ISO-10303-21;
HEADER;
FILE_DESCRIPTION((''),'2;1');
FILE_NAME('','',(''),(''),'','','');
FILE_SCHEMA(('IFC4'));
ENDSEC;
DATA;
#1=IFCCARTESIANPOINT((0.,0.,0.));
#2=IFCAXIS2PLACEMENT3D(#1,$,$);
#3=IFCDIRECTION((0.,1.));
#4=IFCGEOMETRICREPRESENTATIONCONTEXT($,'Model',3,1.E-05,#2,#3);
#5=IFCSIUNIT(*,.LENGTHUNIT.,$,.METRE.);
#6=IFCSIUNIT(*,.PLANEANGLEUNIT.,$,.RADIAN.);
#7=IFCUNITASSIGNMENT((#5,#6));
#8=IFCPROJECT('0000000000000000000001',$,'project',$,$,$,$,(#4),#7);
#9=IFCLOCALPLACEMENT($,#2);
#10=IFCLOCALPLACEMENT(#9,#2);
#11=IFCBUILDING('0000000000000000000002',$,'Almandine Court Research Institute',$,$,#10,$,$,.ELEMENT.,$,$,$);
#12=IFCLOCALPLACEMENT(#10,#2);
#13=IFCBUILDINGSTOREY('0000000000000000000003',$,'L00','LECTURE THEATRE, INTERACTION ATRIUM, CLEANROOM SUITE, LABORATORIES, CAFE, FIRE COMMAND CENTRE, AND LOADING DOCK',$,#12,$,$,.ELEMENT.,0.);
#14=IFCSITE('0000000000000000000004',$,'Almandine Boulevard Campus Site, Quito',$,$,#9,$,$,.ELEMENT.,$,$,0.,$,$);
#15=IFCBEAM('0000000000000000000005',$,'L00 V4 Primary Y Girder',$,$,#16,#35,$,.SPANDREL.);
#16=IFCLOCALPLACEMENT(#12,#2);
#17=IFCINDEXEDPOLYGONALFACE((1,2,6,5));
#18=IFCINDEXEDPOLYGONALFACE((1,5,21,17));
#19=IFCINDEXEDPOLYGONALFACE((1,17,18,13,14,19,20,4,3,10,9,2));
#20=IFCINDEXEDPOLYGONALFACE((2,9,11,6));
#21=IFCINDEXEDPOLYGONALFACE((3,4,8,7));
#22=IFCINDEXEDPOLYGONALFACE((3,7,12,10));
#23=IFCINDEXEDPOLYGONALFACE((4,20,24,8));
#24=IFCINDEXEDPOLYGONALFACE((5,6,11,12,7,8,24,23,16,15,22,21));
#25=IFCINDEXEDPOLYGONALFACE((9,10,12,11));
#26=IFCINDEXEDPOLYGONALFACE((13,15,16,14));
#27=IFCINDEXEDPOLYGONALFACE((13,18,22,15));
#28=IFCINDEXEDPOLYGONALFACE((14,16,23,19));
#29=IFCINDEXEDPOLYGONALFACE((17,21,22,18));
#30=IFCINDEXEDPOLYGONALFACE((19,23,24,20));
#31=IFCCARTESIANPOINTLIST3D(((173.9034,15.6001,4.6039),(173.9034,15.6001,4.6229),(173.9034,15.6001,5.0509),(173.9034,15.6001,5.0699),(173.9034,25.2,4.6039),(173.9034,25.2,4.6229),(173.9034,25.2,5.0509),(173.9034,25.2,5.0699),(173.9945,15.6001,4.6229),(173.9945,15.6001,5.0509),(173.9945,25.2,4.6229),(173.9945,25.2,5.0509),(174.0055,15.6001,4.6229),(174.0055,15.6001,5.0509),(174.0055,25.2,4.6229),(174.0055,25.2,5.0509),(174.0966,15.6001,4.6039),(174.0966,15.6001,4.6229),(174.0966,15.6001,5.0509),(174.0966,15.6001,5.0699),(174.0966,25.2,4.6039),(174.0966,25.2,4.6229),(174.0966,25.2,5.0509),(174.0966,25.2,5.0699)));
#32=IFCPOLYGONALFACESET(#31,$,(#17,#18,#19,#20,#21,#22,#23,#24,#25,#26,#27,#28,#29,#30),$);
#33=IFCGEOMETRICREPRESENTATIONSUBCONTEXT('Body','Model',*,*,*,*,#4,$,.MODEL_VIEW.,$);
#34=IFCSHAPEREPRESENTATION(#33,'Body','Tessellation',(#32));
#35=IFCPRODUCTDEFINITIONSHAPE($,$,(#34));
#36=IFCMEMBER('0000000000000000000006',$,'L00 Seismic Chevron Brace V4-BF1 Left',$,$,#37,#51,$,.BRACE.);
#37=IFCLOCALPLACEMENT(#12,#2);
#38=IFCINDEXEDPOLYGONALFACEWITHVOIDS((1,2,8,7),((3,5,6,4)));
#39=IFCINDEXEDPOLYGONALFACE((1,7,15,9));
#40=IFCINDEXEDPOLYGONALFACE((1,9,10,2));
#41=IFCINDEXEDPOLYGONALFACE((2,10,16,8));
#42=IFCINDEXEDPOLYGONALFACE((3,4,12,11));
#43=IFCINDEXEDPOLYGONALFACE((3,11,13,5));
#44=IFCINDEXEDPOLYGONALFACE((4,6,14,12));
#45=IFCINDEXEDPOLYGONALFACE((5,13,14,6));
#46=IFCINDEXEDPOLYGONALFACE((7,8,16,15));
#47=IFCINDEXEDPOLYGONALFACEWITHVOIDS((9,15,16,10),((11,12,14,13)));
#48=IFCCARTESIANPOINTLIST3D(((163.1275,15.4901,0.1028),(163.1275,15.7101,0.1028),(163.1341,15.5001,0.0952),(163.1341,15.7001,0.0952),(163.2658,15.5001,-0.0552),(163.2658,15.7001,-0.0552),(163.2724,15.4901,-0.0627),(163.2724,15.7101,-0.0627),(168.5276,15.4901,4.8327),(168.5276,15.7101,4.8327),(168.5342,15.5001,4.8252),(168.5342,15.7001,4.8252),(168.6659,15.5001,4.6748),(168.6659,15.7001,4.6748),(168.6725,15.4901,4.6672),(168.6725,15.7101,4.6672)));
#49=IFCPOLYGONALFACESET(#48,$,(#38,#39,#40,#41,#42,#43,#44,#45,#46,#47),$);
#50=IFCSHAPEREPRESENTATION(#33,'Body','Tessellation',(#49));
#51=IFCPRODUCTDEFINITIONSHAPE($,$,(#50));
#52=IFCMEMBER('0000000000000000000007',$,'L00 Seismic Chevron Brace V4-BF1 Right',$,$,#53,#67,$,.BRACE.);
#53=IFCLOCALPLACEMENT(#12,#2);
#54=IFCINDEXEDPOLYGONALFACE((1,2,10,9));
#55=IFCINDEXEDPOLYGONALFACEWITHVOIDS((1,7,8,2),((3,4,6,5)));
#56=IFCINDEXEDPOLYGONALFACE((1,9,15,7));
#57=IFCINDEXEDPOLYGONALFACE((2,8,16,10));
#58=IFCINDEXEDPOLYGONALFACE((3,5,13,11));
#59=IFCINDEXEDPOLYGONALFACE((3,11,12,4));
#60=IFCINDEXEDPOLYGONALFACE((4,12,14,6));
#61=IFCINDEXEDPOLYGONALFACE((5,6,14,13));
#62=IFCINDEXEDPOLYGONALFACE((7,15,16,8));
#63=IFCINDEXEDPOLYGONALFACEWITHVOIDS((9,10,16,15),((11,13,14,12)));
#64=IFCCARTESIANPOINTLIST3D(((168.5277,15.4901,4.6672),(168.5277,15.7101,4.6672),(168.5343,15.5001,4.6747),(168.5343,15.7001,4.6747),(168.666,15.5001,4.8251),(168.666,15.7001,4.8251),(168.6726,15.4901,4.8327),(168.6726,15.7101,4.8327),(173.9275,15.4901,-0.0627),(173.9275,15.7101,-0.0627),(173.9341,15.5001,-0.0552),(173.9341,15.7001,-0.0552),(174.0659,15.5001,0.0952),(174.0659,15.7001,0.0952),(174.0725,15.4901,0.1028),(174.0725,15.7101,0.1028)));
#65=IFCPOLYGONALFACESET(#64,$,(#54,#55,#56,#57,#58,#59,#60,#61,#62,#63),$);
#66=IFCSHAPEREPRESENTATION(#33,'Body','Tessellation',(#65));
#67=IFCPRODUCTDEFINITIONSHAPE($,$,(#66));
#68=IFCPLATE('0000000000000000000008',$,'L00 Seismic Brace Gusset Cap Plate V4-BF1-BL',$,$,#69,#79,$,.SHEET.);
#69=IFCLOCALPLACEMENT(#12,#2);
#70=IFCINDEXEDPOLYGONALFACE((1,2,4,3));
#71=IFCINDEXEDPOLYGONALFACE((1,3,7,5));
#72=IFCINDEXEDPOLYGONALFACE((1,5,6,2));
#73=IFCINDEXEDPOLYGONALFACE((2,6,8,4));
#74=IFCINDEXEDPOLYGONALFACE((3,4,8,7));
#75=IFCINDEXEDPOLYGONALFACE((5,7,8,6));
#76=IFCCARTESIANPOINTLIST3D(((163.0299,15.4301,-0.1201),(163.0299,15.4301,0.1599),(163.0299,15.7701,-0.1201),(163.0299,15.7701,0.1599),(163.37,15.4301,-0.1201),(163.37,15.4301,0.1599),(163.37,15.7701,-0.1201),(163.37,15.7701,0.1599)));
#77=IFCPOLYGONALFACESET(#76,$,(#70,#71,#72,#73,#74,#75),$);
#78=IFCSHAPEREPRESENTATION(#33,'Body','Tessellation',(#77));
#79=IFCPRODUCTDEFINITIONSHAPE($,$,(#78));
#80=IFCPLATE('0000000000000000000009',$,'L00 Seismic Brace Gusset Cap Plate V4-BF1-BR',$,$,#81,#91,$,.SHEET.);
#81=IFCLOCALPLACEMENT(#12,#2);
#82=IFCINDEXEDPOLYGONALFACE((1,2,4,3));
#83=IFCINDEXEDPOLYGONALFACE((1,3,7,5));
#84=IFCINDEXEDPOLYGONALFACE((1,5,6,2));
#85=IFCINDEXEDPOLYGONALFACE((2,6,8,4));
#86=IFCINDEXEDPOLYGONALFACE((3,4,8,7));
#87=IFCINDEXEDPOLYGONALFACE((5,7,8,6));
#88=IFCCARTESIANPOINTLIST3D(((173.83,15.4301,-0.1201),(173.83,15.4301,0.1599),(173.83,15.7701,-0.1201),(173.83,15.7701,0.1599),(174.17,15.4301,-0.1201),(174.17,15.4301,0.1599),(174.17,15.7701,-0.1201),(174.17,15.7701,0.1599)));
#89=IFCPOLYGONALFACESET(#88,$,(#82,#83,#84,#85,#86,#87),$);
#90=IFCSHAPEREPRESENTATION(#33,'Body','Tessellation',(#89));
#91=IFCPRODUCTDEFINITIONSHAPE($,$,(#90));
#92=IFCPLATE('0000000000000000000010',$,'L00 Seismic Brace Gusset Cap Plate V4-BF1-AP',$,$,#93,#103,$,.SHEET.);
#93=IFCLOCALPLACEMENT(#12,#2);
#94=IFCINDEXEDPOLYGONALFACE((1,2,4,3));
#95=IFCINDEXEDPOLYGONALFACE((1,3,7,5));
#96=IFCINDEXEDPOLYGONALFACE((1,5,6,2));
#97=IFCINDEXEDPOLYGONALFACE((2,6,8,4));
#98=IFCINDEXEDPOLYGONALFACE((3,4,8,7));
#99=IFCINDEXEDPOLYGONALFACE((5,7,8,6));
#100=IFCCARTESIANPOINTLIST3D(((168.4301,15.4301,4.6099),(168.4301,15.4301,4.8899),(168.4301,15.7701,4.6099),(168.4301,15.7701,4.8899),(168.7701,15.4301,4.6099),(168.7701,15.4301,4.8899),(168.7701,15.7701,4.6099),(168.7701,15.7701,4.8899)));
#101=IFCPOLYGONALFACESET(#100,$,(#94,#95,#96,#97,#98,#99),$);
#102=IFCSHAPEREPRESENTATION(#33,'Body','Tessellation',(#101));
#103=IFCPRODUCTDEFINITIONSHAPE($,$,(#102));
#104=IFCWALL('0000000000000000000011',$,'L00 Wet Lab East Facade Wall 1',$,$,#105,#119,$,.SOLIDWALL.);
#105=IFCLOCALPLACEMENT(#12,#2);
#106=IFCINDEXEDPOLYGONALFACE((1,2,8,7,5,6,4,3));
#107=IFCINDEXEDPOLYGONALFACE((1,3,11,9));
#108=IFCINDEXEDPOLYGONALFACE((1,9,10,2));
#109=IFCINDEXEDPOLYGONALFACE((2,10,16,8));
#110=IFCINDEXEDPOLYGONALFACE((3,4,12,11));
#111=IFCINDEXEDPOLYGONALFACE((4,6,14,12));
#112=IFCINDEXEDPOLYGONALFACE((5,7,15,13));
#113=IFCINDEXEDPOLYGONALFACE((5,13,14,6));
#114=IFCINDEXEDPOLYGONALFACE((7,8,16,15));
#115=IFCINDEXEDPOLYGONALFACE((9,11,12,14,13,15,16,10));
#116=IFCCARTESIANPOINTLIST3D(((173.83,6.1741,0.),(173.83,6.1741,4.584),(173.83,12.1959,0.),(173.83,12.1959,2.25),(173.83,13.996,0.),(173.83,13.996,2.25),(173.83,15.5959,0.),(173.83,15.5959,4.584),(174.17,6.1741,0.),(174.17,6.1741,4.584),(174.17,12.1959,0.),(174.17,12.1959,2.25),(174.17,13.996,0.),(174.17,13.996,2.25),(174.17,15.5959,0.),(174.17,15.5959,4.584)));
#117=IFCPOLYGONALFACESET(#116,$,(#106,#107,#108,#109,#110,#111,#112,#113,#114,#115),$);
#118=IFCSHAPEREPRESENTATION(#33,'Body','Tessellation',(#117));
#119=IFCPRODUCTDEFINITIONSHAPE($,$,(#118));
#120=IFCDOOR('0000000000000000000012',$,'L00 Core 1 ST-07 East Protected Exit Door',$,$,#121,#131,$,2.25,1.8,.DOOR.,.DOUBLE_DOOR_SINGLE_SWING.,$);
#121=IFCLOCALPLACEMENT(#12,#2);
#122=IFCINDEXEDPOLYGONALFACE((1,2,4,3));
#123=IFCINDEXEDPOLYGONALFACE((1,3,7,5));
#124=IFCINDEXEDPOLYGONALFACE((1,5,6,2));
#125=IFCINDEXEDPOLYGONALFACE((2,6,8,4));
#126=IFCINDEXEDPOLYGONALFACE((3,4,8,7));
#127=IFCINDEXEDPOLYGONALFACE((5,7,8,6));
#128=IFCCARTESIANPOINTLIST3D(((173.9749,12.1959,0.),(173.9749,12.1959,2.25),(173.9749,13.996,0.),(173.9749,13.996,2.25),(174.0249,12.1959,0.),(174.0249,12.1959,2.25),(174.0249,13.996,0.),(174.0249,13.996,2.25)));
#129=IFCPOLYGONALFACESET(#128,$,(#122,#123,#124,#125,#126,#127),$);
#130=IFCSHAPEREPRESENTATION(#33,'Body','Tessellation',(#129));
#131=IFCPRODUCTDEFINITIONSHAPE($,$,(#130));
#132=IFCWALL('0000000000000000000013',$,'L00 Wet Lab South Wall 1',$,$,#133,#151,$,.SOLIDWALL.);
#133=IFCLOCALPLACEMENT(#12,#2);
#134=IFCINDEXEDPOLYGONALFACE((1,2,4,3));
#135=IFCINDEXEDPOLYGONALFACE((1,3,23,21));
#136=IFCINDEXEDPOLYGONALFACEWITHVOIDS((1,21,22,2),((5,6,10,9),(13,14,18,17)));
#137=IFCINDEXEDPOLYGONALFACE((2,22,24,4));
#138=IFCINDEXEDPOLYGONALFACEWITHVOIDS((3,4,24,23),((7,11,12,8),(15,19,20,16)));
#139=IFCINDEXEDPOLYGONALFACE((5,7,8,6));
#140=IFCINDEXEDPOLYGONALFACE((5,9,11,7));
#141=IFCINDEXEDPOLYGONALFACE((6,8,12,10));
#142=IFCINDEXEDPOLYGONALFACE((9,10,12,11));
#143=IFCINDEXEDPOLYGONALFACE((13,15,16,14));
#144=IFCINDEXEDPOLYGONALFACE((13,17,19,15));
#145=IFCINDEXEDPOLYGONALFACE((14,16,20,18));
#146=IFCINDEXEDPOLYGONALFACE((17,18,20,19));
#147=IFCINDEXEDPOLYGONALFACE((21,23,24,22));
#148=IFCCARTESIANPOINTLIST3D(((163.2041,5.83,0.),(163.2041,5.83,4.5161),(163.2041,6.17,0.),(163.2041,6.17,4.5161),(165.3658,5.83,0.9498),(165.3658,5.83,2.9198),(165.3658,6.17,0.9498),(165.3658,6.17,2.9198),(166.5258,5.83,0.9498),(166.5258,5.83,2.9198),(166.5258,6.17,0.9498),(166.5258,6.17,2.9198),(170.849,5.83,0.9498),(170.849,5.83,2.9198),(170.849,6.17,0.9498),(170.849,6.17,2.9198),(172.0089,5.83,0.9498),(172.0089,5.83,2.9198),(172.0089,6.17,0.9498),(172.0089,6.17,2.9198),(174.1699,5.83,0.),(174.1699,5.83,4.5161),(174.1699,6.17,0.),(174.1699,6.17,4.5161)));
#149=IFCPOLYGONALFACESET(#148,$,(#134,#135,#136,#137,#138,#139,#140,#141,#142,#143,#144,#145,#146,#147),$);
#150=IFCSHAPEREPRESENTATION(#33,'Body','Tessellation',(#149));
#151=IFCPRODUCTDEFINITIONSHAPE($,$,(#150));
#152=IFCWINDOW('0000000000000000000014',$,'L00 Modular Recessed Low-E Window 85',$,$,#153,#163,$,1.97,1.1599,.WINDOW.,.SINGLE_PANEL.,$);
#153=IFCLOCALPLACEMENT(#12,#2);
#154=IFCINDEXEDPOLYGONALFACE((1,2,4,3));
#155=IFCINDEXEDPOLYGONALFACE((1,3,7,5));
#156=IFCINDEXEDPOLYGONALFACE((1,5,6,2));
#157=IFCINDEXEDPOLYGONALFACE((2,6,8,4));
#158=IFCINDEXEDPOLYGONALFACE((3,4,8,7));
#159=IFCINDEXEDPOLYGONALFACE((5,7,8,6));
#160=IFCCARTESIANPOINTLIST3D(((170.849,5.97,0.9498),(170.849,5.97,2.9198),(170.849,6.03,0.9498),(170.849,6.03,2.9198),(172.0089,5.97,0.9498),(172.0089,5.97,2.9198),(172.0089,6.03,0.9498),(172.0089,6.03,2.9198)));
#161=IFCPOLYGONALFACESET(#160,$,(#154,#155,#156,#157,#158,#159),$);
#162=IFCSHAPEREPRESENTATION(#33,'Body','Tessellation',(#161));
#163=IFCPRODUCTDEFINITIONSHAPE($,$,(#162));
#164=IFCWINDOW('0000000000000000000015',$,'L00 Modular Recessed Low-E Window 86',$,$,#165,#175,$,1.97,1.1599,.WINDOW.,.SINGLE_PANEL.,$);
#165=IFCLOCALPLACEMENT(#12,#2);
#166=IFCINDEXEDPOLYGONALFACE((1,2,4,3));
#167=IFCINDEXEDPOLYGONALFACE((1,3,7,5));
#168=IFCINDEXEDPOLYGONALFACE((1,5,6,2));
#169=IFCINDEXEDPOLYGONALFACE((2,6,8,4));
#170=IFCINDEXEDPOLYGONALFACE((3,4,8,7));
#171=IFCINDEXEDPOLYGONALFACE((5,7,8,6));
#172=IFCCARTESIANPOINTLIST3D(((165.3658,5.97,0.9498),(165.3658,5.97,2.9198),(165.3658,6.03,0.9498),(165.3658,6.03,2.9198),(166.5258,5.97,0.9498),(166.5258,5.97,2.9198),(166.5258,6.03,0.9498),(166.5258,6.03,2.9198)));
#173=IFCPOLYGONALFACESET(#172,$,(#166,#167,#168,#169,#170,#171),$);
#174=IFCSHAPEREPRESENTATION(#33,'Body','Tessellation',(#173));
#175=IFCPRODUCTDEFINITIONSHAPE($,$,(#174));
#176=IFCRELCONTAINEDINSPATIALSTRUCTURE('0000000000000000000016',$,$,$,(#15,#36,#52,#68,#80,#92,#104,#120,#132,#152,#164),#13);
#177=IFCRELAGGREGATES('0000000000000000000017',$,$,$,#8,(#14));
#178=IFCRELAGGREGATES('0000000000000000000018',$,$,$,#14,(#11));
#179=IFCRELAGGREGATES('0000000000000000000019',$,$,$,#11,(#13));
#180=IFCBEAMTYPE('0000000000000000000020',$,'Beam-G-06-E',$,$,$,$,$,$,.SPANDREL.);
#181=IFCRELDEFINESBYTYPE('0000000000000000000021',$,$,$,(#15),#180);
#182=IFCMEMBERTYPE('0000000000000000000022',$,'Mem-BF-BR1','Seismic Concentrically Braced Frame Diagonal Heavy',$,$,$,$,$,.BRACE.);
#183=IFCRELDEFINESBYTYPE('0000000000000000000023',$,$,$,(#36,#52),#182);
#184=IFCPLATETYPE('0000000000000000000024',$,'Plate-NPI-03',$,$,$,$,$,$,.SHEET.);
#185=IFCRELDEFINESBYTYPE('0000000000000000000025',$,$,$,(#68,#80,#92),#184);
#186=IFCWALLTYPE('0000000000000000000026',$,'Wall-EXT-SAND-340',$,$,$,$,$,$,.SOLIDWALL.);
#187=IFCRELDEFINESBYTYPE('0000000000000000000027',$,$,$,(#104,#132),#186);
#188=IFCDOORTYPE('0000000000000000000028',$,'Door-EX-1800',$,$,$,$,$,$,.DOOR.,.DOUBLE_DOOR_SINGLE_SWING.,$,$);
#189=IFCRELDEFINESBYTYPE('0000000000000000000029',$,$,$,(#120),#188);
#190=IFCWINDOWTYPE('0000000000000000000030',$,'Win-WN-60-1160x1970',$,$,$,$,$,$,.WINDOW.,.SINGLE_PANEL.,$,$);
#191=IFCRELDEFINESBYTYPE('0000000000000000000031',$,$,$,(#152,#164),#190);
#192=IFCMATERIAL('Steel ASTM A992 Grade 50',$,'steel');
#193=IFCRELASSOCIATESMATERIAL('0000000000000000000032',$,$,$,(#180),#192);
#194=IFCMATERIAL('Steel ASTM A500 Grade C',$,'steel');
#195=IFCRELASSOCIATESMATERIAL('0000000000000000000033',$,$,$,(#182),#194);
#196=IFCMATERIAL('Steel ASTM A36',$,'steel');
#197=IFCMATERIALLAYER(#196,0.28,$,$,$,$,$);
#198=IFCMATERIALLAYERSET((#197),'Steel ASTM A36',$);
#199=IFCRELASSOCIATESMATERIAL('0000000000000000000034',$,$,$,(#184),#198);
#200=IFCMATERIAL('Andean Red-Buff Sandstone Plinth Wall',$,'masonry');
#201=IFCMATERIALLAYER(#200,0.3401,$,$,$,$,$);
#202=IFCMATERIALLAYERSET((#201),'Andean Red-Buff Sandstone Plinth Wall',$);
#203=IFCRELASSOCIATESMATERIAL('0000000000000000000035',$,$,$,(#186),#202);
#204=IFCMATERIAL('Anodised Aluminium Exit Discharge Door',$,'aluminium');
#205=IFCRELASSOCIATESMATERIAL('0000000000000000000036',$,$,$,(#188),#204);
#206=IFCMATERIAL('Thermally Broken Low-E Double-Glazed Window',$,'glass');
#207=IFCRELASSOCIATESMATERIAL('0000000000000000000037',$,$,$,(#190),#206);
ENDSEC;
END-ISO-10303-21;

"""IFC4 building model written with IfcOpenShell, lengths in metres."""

from ifc_helpers import new_model, si_unit, direction, frame, frame_2d, origin, origin_2d, place, context, subcontext, project, spatial, rectangle, hollow_rectangle, i_section, extrude, material, layer, layer_set, material_profile, profile_set, type_object, element, fill, save


model = new_model("IFC4")

# Units and contexts
model_context = context("Model", 3, precision=1e-05, world=origin(), true_north=direction((0.0, 1.0)))
body_context = subcontext(model_context, "Body", "Model", "MODEL_VIEW")
ifc_project = project(units=[si_unit("LENGTHUNIT", "METRE"), si_unit("PLANEANGLEUNIT", "RADIAN")], contexts=[model_context])

# Site, building, storey
site_placement = place(None, origin())
site = spatial("IfcSite", under=ifc_project, at=site_placement, Name="Almandine Boulevard Campus Site, Quito", CompositionType="ELEMENT", RefElevation=0.0)
building_placement = place(site_placement, origin())
building = spatial("IfcBuilding", under=site, at=building_placement, Name="Almandine Court Research Institute", CompositionType="ELEMENT")
storey_placement = place(building_placement, origin())
storey = spatial("IfcBuildingStorey", under=building, at=storey_placement, Name="L00", Description="LECTURE THEATRE, INTERACTION ATRIUM, CLEANROOM SUITE, LABORATORIES, CAFE, FIRE COMMAND CENTRE, AND LOADING DOCK", CompositionType="ELEMENT", Elevation=0.0)

# Shared definitions
ifc_material_1 = material(Name="Steel ASTM A992 Grade 50", Category="steel")

# Beam
ifc_material_profile_1 = material_profile(ifc_material_1, i_section(OverallWidth=0.1931, OverallDepth=0.4661, WebThickness=0.011, FlangeThickness=0.019, at=origin_2d()), Name="W460x97")
ifc_profile_set_1 = profile_set([ifc_material_profile_1], Name="Steel ASTM A992 Grade 50")
beam_type_1 = type_object("IfcBeamType", Name="Beam-G-06-E", PredefinedType="SPANDREL", material=ifc_profile_set_1)
beam_1_placement = place(storey_placement, frame((174.0, 15.6001, 4.8369), z_axis=(0.0, 1.0, 0.0), x_axis=(-1.0, 0.0, 0.0)))
element("IfcBeam", 1, at=beam_1_placement, inside=storey, type_object=beam_type_1, Name="L00 V4 Primary Y Girder", PredefinedType="SPANDREL", context=body_context, shape_type="SweptSolid", body=[
    extrude(i_section(OverallWidth=0.1931, OverallDepth=0.4661, WebThickness=0.011, FlangeThickness=0.019, at=origin_2d()), origin(), (0.0, 0.0, 1.0), 9.5999),
])

# Members
ifc_material_2 = material(Name="Steel ASTM A500 Grade C", Category="steel")
ifc_material_profile_2 = material_profile(ifc_material_2, hollow_rectangle(XDim=0.22, YDim=0.22, WallThickness=0.01, at=origin_2d()), Name="HSS 220x220x10")
ifc_profile_set_2 = profile_set([ifc_material_profile_2], Name="Steel ASTM A500 Grade C")
member_type = type_object("IfcMemberType", Name="Mem-BF-BR1", Description="Seismic Concentrically Braced Frame Diagonal Heavy", PredefinedType="BRACE", material=ifc_profile_set_2)
member_1_placement = place(storey_placement, frame((163.2, 15.6001, 0.02), z_axis=(0.752242, 0.0, 0.658887), x_axis=(0.0, 1.0, 0.0)))
element("IfcMember", 2, at=member_1_placement, inside=storey, type_object=member_type, Name="L00 Seismic Chevron Brace V4-BF1 Left", PredefinedType="BRACE", context=body_context, shape_type="SweptSolid", body=[
    extrude(hollow_rectangle(XDim=0.22, YDim=0.22, WallThickness=0.01, at=origin_2d()), origin(), (0.0, 0.0, 1.0), 7.1787),
])
member_2_placement = place(storey_placement, frame((174.0, 15.6001, 0.02), z_axis=(-0.752227, 0.0, 0.658904), x_axis=(0.0, -1.0, 0.0)))
element("IfcMember", 3, at=member_2_placement, inside=storey, type_object=member_type, Name="L00 Seismic Chevron Brace V4-BF1 Right", PredefinedType="BRACE", context=body_context, shape_type="SweptSolid", body=[
    extrude(hollow_rectangle(XDim=0.22, YDim=0.22, WallThickness=0.01, at=origin_2d()), origin(), (0.0, 0.0, 1.0), 7.1785),
])

# Plates
ifc_material_3 = material(Name="Steel ASTM A36", Category="steel")
ifc_layer_1 = layer(ifc_material_3, 0.28)
ifc_layer_set_1 = layer_set([ifc_layer_1], Name="Steel ASTM A36")
plate_type = type_object("IfcPlateType", Name="Plate-NPI-03", PredefinedType="SHEET", material=ifc_layer_set_1)
for number, where, z_axis, x_axis, name in (
    (4, (163.2, 15.6001, -0.1201), (0.0, 0.0, 1.0), (1.0, 0.0, 0.0), "L00 Seismic Brace Gusset Cap Plate V4-BF1-BL"),
    (5, (174.0, 15.6001, -0.1201), (0.0, 0.0, 1.0), (1.0, 0.0, 0.0), "L00 Seismic Brace Gusset Cap Plate V4-BF1-BR"),
    (6, (168.6001, 15.6001, 4.6099), (0.0, 0.0, 1.0), (1.0, 0.0, 0.0), "L00 Seismic Brace Gusset Cap Plate V4-BF1-AP"),
):
    element("IfcPlate", number, at=place(storey_placement, frame(where, z_axis=z_axis, x_axis=x_axis)), inside=storey, type_object=plate_type, Name=name, PredefinedType="SHEET", context=body_context, shape_type="SweptSolid", body=[
        extrude(rectangle(XDim=0.3401, YDim=0.3401, at=origin_2d()), origin(), (0.0, 0.0, 1.0), 0.28),
    ])

# Wall, opening, door
ifc_material_4 = material(Name="Andean Red-Buff Sandstone Plinth Wall", Category="masonry")
ifc_layer_2 = layer(ifc_material_4, 0.3401)
ifc_layer_set_2 = layer_set([ifc_layer_2], Name="Andean Red-Buff Sandstone Plinth Wall")
wall_type_1 = type_object("IfcWallType", Name="Wall-EXT-SAND-340", PredefinedType="SOLIDWALL", material=ifc_layer_set_2)
wall_1_placement = place(storey_placement, frame((174.0, 15.5959, 0.0), z_axis=(0.0, 0.0, 1.0), x_axis=(0.0, -1.0, 0.0)))
wall_1 = element("IfcWall", 7, at=wall_1_placement, inside=storey, type_object=wall_type_1, Name="L00 Wet Lab East Facade Wall 1", PredefinedType="SOLIDWALL", context=body_context, shape_type="SweptSolid", body=[
    extrude(rectangle(XDim=9.4219, YDim=0.3401, at=frame_2d((4.7109, 0.0))), origin(), (0.0, 0.0, 1.0), 4.584),
])
opening_1_placement = place(wall_1_placement, frame((1.6001, 0.0, 0.0)))
opening_1 = element("IfcOpeningElement", 8, at=opening_1_placement, cuts=wall_1, PredefinedType="OPENING", context=body_context, shape_type="SweptSolid", body=[
    extrude(rectangle(XDim=1.8, YDim=2.25, at=frame_2d((0.8999, 1.125))), frame((0.0, 0.1799, 0.0), z_axis=(0.0, -1.0, 0.0), x_axis=(1.0, 0.0, 0.0)), (0.0, 0.0, 1.0), 0.3601),
])
ifc_material_5 = material(Name="Anodised Aluminium Exit Discharge Door", Category="aluminium")
door_type_1 = type_object("IfcDoorType", Name="Door-EX-1800", OperationType="DOUBLE_DOOR_SINGLE_SWING", PredefinedType="DOOR", material=ifc_material_5)
door_1_placement = place(opening_1_placement, origin())
door_1 = element("IfcDoor", 9, at=door_1_placement, inside=storey, type_object=door_type_1, Name="L00 Core 1 ST-07 East Protected Exit Door", OperationType="DOUBLE_DOOR_SINGLE_SWING", OverallHeight=2.25, OverallWidth=1.8, PredefinedType="DOOR", context=body_context, shape_type="SweptSolid", body=[
    extrude(rectangle(XDim=1.8, YDim=2.25, at=frame_2d((0.8999, 1.125))), frame((0.0, 0.0249, 0.0), z_axis=(0.0, -1.0, 0.0), x_axis=(1.0, 0.0, 0.0)), (0.0, 0.0, 1.0), 0.05),
])
fill(opening_1, door_1)

# Wall, openings, windows
wall_2_placement = place(storey_placement, frame((174.1699, 6.0, 0.0), z_axis=(0.0, 0.0, 1.0), x_axis=(-1.0, 0.0, 0.0)))
wall_2 = element("IfcWall", 10, at=wall_2_placement, inside=storey, type_object=wall_type_1, Name="L00 Wet Lab South Wall 1", PredefinedType="SOLIDWALL", context=body_context, shape_type="SweptSolid", body=[
    extrude(rectangle(XDim=10.9658, YDim=0.3401, at=frame_2d((5.4829, 0.0))), origin(), (0.0, 0.0, 1.0), 4.5161),
])
opening_2_placement = place(wall_2_placement, frame((2.1609, 0.0, 0.95)))
opening_2 = element("IfcOpeningElement", 11, at=opening_2_placement, cuts=wall_2, PredefinedType="OPENING", context=body_context, shape_type="SweptSolid", body=[
    extrude(rectangle(XDim=1.1599, YDim=1.97, at=frame_2d((0.5801, 0.9849))), frame((0.0, 0.1799, 0.0), z_axis=(0.0, -1.0, 0.0), x_axis=(1.0, 0.0, 0.0)), (0.0, 0.0, 1.0), 0.3601),
])
opening_3_placement = place(wall_2_placement, frame((7.644, 0.0, 0.95)))
opening_3 = element("IfcOpeningElement", 12, at=opening_3_placement, cuts=wall_2, PredefinedType="OPENING", context=body_context, shape_type="SweptSolid", body=[
    extrude(rectangle(XDim=1.1599, YDim=1.97, at=frame_2d((0.5801, 0.9849))), frame((0.0, 0.1799, 0.0), z_axis=(0.0, -1.0, 0.0), x_axis=(1.0, 0.0, 0.0)), (0.0, 0.0, 1.0), 0.3601),
])
ifc_material_6 = material(Name="Thermally Broken Low-E Double-Glazed Window", Category="glass")
window_type = type_object("IfcWindowType", Name="Win-WN-60-1160x1970", PartitioningType="SINGLE_PANEL", PredefinedType="WINDOW", material=ifc_material_6)
window_1_placement = place(opening_2_placement, origin())
window_1 = element("IfcWindow", 13, at=window_1_placement, inside=storey, type_object=window_type, Name="L00 Modular Recessed Low-E Window 85", OverallHeight=1.97, OverallWidth=1.1599, PartitioningType="SINGLE_PANEL", PredefinedType="WINDOW", context=body_context, shape_type="SweptSolid", body=[
    extrude(rectangle(XDim=1.1599, YDim=1.97, at=frame_2d((0.5801, 0.9849))), frame((0.0, 0.03, 0.0), z_axis=(0.0, -1.0, 0.0), x_axis=(1.0, 0.0, 0.0)), (0.0, 0.0, 1.0), 0.0601),
])
fill(opening_2, window_1)
window_2_placement = place(opening_3_placement, origin())
window_2 = element("IfcWindow", 14, at=window_2_placement, inside=storey, type_object=window_type, Name="L00 Modular Recessed Low-E Window 86", OverallHeight=1.97, OverallWidth=1.1599, PartitioningType="SINGLE_PANEL", PredefinedType="WINDOW", context=body_context, shape_type="SweptSolid", body=[
    extrude(rectangle(XDim=1.1599, YDim=1.97, at=frame_2d((0.5801, 0.9849))), frame((0.0, 0.03, 0.0), z_axis=(0.0, -1.0, 0.0), x_axis=(1.0, 0.0, 0.0)), (0.0, 0.0, 1.0), 0.0601),
])
fill(opening_3, window_2)

save(model, "model.ifc")
